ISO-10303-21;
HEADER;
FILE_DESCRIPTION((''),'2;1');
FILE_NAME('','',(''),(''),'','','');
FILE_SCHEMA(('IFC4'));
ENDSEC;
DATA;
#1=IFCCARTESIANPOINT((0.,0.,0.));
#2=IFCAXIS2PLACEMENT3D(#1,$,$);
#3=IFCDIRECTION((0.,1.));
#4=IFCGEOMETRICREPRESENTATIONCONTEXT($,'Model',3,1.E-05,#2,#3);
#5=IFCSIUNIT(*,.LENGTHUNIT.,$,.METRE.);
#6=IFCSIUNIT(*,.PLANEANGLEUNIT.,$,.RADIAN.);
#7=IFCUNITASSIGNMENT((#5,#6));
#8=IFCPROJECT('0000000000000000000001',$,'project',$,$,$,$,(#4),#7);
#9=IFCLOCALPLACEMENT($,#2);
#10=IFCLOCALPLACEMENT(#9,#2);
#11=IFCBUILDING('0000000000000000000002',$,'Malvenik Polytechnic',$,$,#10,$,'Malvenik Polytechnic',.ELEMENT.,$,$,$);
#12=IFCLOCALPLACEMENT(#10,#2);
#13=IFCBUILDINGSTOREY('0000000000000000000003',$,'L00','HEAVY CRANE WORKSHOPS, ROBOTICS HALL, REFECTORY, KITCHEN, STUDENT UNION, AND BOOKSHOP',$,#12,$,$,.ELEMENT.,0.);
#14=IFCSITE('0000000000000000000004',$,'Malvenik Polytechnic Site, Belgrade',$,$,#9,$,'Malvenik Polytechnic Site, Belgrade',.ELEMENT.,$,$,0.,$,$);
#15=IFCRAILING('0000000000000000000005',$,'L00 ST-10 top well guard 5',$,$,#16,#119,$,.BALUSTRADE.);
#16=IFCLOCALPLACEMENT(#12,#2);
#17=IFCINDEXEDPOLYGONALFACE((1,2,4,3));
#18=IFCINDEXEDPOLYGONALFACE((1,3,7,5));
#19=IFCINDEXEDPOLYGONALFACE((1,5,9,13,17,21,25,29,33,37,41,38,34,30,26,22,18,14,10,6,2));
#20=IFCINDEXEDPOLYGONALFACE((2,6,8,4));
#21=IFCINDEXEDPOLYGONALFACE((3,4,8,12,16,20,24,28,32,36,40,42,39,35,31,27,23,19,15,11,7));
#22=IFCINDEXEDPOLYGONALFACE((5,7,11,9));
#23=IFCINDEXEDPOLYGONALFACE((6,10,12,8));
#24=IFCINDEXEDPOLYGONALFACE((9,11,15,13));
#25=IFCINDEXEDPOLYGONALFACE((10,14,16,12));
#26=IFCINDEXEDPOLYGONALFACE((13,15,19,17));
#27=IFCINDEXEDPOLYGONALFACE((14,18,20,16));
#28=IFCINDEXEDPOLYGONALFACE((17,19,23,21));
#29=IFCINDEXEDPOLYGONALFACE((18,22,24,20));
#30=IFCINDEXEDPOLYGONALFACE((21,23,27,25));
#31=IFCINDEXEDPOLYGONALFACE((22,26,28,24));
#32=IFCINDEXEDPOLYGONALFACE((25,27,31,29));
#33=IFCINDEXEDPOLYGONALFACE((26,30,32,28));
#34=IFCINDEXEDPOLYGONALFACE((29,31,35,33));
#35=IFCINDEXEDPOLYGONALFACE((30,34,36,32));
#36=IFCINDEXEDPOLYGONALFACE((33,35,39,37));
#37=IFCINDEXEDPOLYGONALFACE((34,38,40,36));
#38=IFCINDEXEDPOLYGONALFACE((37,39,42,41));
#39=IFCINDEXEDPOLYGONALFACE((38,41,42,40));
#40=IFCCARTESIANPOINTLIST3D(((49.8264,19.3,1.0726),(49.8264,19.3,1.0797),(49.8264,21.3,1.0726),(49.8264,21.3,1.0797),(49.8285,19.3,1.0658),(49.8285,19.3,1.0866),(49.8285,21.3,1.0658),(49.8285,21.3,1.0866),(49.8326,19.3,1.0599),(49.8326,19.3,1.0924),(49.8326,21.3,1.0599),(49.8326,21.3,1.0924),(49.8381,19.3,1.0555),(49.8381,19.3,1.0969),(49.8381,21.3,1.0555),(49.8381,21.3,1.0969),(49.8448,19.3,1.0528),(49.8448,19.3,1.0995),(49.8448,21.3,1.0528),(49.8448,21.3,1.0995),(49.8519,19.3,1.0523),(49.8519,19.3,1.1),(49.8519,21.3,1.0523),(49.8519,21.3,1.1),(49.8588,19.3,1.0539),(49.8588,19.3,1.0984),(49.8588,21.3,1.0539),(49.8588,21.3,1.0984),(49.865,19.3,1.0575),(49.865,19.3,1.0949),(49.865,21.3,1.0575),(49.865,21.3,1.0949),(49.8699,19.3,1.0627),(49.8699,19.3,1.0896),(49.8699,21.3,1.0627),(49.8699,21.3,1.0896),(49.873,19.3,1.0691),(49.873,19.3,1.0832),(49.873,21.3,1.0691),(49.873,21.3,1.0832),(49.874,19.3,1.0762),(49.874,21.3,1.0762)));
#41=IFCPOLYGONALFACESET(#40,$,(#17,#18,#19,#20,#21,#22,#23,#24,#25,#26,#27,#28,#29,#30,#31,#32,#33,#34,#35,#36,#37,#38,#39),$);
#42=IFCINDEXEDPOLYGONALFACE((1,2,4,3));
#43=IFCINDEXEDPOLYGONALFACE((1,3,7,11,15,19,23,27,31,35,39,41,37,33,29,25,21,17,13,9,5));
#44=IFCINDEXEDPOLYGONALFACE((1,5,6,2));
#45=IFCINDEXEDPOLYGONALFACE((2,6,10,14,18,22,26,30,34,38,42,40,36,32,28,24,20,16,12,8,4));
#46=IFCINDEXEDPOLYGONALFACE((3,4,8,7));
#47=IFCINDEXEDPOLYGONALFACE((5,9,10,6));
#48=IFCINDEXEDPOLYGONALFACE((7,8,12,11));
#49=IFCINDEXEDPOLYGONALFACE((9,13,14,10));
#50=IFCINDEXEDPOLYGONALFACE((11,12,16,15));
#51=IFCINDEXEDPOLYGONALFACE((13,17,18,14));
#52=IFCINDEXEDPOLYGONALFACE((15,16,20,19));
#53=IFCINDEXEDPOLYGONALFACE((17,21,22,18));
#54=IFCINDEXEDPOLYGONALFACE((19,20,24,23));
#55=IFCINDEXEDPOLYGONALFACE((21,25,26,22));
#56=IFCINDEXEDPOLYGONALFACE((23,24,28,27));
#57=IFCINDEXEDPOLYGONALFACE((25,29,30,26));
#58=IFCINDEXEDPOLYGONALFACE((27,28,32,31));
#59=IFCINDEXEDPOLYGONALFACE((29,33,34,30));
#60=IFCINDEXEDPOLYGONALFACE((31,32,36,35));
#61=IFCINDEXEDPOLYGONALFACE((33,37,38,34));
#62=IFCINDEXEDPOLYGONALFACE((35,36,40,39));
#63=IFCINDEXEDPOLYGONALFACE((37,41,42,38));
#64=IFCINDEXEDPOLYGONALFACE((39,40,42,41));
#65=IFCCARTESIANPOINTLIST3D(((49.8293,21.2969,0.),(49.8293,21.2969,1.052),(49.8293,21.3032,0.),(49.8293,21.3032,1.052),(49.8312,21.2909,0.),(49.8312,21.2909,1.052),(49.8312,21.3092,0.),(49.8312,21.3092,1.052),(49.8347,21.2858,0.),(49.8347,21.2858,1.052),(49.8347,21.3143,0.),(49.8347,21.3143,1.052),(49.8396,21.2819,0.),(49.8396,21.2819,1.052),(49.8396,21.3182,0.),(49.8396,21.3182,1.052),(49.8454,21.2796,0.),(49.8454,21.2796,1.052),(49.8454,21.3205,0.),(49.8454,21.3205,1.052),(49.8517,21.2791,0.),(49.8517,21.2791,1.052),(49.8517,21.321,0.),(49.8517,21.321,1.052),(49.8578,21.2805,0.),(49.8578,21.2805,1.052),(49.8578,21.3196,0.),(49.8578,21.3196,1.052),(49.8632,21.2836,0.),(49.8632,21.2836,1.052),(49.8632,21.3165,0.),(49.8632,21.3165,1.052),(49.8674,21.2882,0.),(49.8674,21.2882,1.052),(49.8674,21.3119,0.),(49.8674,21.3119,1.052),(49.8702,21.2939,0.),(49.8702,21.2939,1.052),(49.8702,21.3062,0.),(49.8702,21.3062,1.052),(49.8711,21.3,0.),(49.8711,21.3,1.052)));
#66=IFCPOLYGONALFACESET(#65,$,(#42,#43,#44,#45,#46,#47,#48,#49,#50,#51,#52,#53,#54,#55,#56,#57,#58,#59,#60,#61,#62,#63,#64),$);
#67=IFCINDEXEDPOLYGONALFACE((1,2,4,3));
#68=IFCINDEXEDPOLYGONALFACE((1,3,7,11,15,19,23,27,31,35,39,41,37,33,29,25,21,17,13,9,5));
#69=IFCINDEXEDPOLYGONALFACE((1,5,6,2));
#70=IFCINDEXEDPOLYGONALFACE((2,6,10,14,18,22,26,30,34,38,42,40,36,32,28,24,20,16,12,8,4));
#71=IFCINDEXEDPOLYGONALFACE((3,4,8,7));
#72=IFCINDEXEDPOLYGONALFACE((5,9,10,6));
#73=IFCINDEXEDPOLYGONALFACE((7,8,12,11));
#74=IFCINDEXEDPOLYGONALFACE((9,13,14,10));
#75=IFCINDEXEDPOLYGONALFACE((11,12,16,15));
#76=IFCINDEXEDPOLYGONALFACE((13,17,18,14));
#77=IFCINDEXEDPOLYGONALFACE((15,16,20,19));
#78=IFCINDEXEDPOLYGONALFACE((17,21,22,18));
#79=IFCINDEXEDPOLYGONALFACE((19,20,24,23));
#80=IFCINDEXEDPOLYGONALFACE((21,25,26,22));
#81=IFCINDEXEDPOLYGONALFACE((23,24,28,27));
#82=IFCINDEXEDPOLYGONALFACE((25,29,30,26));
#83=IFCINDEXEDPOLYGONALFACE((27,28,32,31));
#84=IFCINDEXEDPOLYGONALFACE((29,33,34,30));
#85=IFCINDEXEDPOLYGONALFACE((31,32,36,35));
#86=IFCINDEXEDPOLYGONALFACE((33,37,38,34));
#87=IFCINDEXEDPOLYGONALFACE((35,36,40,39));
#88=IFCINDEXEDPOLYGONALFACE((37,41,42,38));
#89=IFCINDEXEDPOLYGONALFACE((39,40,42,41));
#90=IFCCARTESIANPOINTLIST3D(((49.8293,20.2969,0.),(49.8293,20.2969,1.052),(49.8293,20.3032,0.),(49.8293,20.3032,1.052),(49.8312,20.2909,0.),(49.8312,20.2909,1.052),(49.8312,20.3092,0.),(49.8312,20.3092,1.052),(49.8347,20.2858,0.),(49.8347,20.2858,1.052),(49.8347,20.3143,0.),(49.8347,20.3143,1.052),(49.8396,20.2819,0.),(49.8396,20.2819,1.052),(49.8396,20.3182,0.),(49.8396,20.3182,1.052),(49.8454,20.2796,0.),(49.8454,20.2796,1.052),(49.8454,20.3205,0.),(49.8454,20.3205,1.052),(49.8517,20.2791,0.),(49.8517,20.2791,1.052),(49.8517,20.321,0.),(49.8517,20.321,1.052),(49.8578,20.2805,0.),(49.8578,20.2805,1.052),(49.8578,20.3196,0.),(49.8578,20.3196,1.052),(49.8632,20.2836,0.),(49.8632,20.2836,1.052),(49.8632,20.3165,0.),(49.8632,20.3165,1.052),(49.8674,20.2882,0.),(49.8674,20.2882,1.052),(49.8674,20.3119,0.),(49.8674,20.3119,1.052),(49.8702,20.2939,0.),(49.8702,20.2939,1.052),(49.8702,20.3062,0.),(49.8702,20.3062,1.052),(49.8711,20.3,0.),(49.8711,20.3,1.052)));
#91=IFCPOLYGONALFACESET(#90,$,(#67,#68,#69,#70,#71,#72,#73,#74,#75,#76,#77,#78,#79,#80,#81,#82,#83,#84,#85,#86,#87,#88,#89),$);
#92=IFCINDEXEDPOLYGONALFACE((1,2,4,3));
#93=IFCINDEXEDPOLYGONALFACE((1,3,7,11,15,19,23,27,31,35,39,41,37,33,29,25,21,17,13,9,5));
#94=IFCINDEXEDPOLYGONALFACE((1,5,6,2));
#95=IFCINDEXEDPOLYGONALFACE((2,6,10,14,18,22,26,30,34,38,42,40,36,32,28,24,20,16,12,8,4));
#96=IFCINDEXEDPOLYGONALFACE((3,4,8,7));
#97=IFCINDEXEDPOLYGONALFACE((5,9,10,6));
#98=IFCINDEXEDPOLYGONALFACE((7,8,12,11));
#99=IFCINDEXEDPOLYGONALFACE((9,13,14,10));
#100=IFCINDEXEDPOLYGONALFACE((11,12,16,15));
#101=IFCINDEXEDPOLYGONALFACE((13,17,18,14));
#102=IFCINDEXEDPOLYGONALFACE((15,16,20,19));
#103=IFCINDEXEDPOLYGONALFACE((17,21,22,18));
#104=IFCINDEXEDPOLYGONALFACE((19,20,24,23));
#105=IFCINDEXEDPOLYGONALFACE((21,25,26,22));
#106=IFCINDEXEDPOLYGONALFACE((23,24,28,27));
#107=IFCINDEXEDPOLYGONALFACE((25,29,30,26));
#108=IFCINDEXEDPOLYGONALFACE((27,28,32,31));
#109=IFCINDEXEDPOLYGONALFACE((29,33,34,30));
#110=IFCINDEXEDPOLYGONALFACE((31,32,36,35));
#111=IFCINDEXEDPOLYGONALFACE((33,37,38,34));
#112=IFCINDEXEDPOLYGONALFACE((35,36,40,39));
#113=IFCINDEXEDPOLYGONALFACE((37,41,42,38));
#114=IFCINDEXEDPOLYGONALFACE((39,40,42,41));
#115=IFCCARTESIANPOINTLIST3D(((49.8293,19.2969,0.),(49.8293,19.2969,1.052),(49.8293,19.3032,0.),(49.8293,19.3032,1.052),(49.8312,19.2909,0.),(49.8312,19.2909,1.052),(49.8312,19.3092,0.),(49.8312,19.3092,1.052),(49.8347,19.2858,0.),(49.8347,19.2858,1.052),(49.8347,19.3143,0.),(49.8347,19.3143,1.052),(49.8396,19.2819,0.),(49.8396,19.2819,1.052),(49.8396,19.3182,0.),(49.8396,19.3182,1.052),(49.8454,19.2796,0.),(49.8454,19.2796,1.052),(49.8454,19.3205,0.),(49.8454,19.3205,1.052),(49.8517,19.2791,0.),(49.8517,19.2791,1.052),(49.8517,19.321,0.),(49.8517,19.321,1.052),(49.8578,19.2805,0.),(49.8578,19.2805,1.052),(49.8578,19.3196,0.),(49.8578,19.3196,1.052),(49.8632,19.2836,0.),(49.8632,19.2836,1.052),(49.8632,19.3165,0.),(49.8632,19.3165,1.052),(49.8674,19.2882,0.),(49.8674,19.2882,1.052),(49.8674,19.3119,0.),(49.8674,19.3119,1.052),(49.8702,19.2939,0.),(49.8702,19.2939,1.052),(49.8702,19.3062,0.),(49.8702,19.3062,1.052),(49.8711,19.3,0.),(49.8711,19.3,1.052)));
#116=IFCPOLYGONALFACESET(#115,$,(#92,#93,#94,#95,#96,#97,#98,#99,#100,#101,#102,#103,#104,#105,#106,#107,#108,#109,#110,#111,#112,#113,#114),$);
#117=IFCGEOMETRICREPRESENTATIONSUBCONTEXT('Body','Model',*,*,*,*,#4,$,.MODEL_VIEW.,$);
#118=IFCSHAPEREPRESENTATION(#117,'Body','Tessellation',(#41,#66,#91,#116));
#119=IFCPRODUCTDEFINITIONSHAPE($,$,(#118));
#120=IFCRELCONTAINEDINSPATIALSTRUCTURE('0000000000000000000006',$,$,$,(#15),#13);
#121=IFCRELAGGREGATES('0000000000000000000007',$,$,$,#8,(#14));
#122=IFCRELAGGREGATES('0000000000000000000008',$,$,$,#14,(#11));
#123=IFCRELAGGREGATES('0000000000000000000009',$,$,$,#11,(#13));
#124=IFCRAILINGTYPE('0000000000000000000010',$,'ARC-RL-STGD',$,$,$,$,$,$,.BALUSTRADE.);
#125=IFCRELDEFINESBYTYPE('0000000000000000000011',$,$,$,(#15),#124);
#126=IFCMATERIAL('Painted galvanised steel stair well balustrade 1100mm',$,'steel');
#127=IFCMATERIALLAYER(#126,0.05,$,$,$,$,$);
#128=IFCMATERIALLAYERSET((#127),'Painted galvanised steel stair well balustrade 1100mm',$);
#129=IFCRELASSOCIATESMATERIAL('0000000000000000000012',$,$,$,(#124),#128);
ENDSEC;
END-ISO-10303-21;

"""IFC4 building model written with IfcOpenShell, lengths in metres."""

from ifc_helpers import new_model, si_unit, direction, frame, origin, origin_2d, place, context, subcontext, project, spatial, circle, extrude, material, layer, layer_set, type_object, element, save


model = new_model("IFC4")

# Units and contexts
model_context = context("Model", 3, precision=1e-05, world=origin(), true_north=direction((0.0, 1.0)))
body_context = subcontext(model_context, "Body", "Model", "MODEL_VIEW")
ifc_project = project(units=[si_unit("LENGTHUNIT", "METRE"), si_unit("PLANEANGLEUNIT", "RADIAN")], contexts=[model_context])

# Site, building, storey
site_placement = place(None, origin())
site = spatial("IfcSite", under=ifc_project, at=site_placement, Name="Malvenik Polytechnic Site, Belgrade", LongName="Malvenik Polytechnic Site, Belgrade", CompositionType="ELEMENT", RefElevation=0.0)
building_placement = place(site_placement, origin())
building = spatial("IfcBuilding", under=site, at=building_placement, Name="Malvenik Polytechnic", LongName="Malvenik Polytechnic", CompositionType="ELEMENT")
storey_placement = place(building_placement, origin())
storey = spatial("IfcBuildingStorey", under=building, at=storey_placement, Name="L00", Description="HEAVY CRANE WORKSHOPS, ROBOTICS HALL, REFECTORY, KITCHEN, STUDENT UNION, AND BOOKSHOP", CompositionType="ELEMENT", Elevation=0.0)

# Railing
ifc_material_1 = material(Name="Painted galvanised steel stair well balustrade 1100mm", Category="steel")
ifc_layer_1 = layer(ifc_material_1, 0.05)
ifc_layer_set_1 = layer_set([ifc_layer_1], Name="Painted galvanised steel stair well balustrade 1100mm")
railing_type_1 = type_object("IfcRailingType", Name="ARC-RL-STGD", PredefinedType="BALUSTRADE", material=ifc_layer_set_1)
for number, where, name in (
    (1, (49.8501, 21.3, 0.0), "L00 ST-10 top well guard 5"),
):
    element("IfcRailing", number, at=place(storey_placement, frame(where)), inside=storey, type_object=railing_type_1, Name=name, PredefinedType="BALUSTRADE", context=body_context, shape_type="SweptSolid", body=[
        extrude(circle(Radius=0.0239, at=origin_2d()), frame((0.0, 0.0, 1.0762), z_axis=(0.0, -1.0, 0.0), x_axis=(1.0, 0.0, 0.0)), (0.0, 0.0, 1.0), 2.0),
        extrude(circle(Radius=0.021, at=origin_2d()), origin(), (0.0, 0.0, 1.0), 1.052),
        extrude(circle(Radius=0.021, at=origin_2d()), frame((0.0, -1.0, 0.0)), (0.0, 0.0, 1.0), 1.052),
        extrude(circle(Radius=0.021, at=origin_2d()), frame((0.0, -2.0, 0.0)), (0.0, 0.0, 1.0), 1.052),
    ])

save(model, "model.ifc")
